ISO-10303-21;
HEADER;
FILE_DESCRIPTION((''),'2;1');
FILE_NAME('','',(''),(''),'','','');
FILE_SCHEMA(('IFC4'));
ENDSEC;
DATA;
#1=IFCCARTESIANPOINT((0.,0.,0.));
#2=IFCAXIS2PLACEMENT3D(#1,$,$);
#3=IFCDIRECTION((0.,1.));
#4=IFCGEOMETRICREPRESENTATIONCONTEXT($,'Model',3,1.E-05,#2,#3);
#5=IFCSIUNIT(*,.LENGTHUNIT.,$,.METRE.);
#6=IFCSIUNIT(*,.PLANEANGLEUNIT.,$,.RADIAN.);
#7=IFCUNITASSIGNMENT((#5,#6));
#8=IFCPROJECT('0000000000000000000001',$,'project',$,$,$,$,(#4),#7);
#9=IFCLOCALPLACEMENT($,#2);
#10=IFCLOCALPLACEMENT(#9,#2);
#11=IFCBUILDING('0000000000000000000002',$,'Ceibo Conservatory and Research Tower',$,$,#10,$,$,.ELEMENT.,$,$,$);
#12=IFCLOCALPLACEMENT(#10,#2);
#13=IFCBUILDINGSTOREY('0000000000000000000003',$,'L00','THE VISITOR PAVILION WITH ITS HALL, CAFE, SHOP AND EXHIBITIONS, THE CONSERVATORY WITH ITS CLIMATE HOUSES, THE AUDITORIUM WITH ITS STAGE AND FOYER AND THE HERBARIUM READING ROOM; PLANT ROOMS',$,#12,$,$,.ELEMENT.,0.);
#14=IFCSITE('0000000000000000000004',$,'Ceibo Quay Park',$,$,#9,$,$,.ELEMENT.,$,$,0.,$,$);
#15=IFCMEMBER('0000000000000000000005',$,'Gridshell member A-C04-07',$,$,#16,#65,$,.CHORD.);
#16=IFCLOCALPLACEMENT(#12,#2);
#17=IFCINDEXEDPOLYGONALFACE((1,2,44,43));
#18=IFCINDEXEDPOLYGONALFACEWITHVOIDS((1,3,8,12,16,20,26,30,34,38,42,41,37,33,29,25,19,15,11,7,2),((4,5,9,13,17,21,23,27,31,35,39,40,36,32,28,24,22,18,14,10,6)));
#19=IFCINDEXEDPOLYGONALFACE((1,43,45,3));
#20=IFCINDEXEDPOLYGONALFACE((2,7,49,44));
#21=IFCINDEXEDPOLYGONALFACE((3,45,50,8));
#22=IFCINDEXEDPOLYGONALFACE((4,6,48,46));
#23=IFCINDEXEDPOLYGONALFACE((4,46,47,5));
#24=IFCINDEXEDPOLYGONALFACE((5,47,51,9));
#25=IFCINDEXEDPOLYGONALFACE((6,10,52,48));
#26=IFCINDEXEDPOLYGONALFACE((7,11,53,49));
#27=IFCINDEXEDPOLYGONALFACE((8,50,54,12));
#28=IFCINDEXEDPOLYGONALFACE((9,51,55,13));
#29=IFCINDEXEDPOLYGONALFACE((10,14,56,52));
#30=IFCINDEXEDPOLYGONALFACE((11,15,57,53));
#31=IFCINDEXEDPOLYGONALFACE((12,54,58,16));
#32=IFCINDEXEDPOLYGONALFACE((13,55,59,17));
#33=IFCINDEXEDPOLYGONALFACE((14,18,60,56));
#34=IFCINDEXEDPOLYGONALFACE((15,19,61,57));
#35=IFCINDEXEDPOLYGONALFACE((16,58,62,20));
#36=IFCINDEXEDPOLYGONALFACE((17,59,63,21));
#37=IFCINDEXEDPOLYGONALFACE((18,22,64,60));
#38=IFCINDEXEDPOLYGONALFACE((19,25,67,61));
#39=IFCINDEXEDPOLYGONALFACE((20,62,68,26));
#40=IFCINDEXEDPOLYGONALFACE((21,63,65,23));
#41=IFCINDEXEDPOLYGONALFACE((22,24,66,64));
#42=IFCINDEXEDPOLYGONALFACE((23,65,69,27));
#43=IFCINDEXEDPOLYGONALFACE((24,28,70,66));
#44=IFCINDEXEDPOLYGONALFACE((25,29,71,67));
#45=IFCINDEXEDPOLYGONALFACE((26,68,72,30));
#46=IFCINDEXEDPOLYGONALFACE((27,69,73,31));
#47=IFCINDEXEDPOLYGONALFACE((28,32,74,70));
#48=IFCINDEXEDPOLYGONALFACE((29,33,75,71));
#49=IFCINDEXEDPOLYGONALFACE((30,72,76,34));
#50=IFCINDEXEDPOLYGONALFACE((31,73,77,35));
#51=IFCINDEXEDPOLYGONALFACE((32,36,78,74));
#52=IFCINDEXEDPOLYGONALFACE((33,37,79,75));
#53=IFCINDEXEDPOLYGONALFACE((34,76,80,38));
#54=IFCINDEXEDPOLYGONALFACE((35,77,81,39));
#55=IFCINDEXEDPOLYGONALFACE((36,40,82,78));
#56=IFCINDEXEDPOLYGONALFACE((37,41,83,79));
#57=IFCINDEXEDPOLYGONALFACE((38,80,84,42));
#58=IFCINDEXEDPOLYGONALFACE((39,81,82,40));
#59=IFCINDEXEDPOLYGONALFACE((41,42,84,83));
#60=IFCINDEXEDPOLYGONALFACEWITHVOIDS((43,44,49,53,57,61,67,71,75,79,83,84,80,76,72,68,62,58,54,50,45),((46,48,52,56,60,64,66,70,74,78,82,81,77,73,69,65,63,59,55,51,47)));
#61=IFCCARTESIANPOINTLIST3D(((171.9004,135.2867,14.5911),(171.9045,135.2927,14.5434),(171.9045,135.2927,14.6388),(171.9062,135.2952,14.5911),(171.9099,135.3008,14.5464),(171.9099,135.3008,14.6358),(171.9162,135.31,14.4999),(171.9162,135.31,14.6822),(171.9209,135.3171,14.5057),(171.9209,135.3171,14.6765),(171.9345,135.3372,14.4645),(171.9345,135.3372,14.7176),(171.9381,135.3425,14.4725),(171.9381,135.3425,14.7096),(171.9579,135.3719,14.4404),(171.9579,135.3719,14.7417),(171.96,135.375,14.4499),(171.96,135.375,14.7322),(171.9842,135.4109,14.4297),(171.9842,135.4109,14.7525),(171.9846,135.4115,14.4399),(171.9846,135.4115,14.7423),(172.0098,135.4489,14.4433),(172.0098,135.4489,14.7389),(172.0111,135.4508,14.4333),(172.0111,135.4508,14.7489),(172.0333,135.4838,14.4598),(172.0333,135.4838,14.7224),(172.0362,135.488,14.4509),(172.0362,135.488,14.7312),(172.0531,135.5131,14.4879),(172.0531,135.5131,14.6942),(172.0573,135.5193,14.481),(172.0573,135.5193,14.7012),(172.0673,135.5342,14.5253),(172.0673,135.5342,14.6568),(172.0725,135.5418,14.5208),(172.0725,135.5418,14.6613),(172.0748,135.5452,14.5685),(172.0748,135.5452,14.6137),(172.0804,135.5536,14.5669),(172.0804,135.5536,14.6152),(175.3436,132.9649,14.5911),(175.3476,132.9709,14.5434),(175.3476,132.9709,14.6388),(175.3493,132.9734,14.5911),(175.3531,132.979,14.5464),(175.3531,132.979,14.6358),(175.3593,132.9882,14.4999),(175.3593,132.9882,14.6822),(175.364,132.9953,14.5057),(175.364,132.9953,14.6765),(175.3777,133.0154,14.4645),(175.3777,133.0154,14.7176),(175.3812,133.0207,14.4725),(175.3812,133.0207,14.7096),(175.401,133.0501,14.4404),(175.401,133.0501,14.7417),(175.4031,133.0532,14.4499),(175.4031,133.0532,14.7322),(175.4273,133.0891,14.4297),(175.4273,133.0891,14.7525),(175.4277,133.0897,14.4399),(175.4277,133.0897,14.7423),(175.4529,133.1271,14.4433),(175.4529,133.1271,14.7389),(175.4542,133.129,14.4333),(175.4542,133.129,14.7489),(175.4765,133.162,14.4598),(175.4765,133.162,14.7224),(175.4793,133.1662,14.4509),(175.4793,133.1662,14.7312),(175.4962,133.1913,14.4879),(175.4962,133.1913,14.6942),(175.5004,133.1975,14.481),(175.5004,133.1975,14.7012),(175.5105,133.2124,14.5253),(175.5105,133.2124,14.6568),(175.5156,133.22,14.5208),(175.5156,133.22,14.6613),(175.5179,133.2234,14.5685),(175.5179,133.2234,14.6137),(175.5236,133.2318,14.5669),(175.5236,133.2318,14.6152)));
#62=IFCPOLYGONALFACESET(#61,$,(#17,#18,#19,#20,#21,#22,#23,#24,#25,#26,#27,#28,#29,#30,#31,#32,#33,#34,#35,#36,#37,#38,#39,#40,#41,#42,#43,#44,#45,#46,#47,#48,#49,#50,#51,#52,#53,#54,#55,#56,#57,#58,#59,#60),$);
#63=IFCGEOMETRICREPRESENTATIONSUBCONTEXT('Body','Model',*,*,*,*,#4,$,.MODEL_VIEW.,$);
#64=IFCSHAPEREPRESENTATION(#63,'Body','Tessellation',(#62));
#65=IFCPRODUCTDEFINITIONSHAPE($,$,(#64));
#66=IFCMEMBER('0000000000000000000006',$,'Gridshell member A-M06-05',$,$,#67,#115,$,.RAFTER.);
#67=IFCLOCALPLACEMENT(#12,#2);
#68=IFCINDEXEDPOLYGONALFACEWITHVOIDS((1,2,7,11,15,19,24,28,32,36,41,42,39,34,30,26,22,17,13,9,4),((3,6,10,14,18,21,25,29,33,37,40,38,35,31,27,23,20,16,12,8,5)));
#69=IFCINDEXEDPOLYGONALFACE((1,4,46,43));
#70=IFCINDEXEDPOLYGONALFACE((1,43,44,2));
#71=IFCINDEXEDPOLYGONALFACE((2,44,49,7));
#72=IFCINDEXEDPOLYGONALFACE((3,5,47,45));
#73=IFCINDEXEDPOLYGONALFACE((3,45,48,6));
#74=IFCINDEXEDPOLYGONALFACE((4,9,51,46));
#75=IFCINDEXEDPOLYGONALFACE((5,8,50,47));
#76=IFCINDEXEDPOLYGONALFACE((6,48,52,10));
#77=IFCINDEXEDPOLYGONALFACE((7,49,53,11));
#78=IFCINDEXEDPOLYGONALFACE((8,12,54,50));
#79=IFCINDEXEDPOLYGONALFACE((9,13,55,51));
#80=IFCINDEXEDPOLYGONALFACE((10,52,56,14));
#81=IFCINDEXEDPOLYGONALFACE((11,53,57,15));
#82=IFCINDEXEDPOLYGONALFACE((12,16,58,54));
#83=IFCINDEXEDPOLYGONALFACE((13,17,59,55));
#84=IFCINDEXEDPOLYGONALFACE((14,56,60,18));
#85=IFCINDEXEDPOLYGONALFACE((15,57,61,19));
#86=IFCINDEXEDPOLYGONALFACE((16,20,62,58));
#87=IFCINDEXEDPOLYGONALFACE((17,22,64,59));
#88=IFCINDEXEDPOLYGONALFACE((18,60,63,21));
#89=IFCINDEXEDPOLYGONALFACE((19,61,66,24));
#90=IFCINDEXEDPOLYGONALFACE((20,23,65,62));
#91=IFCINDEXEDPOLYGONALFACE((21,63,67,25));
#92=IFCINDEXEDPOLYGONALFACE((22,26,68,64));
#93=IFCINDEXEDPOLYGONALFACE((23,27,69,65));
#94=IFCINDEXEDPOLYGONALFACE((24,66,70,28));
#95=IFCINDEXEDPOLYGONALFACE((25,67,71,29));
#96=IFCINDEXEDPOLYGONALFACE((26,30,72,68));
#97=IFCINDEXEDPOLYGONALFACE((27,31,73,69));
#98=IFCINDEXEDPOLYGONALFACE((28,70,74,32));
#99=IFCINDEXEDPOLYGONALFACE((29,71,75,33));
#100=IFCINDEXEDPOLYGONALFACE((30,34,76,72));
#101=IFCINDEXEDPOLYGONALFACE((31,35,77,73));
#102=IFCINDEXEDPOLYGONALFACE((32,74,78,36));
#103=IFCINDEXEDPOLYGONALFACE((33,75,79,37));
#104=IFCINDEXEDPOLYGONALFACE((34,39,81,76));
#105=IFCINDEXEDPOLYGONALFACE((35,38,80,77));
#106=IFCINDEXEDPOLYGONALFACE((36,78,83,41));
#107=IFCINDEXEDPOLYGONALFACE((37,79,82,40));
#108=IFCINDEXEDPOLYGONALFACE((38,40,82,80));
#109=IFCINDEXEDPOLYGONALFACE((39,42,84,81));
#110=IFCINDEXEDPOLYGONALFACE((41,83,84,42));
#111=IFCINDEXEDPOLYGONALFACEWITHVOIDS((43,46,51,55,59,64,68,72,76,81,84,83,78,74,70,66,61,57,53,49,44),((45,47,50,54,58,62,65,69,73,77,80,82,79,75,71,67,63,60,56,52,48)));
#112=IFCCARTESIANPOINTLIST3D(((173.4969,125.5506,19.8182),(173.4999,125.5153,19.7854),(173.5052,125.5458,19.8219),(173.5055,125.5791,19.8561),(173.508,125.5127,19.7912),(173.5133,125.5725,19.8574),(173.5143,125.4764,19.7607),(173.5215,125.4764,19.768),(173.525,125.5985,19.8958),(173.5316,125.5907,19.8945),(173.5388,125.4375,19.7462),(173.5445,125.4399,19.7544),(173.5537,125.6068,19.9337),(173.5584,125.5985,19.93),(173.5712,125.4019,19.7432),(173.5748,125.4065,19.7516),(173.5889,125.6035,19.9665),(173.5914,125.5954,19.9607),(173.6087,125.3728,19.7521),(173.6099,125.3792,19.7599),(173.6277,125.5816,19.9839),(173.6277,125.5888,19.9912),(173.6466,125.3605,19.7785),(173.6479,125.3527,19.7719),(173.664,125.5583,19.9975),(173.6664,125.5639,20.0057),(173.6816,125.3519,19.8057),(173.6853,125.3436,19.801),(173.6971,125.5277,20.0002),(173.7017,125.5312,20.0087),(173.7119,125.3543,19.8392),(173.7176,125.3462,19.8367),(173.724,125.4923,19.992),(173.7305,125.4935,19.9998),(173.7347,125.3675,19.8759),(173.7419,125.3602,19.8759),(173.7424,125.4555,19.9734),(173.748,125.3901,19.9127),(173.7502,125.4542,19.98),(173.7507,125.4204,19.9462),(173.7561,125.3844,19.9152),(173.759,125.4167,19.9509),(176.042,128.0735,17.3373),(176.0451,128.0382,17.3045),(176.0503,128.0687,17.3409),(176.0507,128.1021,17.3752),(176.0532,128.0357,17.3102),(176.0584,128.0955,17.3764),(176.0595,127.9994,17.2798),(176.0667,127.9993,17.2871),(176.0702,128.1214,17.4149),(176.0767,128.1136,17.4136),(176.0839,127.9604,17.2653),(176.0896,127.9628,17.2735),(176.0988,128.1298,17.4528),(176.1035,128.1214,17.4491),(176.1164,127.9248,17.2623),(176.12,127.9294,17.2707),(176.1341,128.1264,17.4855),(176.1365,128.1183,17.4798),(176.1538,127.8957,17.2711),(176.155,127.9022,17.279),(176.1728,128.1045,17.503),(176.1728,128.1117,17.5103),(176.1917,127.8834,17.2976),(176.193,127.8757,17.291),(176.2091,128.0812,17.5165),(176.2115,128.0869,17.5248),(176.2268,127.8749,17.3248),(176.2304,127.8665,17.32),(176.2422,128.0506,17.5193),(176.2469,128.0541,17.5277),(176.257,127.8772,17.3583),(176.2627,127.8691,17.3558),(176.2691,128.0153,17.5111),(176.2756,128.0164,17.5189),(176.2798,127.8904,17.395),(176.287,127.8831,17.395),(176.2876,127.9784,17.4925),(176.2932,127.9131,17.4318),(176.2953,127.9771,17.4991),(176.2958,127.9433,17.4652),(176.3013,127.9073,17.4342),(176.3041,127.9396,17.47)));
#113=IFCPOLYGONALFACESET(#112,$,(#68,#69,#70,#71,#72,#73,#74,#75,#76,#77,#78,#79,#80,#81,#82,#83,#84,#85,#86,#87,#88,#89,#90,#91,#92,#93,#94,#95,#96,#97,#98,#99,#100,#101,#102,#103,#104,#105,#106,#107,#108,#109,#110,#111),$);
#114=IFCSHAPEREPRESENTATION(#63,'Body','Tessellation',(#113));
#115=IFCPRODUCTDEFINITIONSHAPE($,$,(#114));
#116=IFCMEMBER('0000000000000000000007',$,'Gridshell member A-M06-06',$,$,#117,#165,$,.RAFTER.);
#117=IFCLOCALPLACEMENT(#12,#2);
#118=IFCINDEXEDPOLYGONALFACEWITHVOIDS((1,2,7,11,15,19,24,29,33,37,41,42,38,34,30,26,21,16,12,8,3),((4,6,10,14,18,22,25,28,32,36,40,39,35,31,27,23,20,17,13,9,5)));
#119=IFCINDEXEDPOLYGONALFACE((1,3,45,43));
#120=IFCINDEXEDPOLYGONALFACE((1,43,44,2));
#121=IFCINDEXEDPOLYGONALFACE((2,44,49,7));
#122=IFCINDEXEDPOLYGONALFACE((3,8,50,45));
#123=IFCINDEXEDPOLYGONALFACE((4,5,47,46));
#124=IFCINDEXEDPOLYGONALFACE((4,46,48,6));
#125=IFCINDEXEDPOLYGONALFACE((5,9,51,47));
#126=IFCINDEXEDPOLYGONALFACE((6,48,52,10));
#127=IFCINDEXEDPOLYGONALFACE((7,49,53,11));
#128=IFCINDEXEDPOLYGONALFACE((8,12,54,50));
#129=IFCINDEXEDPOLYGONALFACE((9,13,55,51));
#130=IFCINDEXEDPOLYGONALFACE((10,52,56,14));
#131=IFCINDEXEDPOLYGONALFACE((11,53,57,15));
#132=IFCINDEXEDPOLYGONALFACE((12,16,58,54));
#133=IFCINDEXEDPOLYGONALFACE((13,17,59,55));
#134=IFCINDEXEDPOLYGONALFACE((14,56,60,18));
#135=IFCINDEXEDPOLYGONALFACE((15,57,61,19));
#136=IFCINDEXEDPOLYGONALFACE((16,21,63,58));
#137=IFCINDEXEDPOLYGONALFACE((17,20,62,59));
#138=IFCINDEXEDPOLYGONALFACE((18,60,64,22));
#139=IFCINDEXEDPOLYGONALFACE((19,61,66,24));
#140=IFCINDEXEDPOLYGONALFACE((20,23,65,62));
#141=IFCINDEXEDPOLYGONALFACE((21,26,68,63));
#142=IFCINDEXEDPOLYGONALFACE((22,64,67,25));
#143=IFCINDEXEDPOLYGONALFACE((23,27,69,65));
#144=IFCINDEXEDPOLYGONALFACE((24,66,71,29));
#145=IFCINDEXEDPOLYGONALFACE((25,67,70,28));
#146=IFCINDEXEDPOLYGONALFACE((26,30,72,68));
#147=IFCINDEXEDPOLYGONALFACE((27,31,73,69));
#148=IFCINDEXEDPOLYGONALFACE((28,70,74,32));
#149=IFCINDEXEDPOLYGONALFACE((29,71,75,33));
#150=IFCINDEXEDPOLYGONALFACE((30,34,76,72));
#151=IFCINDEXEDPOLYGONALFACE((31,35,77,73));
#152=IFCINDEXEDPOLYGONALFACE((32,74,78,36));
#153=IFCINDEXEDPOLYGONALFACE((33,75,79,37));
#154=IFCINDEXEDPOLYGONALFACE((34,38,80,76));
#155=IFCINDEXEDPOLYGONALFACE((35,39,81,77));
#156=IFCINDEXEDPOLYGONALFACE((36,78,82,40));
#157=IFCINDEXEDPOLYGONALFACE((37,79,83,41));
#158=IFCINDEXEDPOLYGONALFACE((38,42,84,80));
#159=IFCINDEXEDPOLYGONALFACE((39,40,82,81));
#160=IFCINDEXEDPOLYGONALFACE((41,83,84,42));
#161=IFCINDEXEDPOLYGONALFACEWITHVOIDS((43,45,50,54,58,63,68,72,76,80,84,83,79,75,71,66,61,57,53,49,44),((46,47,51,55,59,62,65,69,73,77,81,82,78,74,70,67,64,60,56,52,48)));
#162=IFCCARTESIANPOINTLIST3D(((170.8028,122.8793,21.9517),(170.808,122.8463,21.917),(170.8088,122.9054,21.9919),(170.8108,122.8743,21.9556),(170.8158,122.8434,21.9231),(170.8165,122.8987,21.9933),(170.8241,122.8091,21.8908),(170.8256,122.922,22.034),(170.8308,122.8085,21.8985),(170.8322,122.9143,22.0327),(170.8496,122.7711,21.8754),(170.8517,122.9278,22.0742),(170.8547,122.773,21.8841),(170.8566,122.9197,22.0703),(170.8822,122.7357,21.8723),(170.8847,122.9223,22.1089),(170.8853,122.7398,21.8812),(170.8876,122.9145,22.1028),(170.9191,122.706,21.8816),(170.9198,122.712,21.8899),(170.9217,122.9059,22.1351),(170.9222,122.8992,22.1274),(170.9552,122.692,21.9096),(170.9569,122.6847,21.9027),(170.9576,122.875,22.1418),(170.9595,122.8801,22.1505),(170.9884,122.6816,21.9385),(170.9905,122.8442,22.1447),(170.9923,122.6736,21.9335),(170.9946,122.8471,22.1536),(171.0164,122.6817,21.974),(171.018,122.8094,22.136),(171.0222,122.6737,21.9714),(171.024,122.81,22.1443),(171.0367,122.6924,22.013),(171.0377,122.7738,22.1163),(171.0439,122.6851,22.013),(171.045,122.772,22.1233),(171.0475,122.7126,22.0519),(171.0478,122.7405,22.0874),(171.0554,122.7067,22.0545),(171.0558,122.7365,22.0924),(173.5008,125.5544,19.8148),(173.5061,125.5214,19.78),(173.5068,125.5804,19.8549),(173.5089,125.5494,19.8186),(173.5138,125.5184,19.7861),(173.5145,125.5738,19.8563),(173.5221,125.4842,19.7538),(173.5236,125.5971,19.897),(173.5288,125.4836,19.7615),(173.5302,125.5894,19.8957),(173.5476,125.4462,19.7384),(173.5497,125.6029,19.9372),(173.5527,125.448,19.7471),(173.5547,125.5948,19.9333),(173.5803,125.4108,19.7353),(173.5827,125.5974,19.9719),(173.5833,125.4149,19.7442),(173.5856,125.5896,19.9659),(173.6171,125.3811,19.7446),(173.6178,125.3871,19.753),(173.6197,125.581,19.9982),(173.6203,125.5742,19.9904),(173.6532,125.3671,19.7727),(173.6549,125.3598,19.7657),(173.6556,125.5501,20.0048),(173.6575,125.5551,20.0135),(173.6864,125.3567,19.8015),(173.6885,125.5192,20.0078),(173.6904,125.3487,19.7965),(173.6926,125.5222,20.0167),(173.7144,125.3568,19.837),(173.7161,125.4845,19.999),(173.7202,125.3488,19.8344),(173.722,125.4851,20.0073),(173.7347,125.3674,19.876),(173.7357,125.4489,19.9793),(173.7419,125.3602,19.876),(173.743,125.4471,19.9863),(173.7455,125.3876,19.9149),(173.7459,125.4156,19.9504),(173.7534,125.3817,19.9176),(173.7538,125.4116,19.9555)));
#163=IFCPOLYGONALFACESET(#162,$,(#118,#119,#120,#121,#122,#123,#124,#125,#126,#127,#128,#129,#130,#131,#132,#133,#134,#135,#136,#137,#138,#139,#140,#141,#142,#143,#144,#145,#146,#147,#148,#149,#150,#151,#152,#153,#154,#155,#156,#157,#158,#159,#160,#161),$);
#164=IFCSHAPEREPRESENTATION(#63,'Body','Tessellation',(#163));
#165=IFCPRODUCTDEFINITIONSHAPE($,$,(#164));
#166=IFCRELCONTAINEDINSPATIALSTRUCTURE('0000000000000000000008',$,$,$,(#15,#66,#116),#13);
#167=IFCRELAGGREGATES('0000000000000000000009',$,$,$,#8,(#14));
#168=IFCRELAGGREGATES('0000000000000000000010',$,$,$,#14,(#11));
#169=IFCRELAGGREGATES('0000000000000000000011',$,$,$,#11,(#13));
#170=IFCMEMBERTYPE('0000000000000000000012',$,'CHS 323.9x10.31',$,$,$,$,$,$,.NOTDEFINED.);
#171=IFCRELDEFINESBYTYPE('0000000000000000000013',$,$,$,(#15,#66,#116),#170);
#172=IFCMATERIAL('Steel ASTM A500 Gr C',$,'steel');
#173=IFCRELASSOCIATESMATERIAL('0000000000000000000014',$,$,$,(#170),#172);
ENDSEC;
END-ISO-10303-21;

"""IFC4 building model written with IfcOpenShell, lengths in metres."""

from ifc_helpers import new_model, si_unit, direction, frame, origin, origin_2d, place, context, subcontext, project, spatial, hollow_circle, extrude, material, material_profile, profile_set, type_object, element, save


model = new_model("IFC4")

# Units and contexts
model_context = context("Model", 3, precision=1e-05, world=origin(), true_north=direction((0.0, 1.0)))
body_context = subcontext(model_context, "Body", "Model", "MODEL_VIEW")
ifc_project = project(units=[si_unit("LENGTHUNIT", "METRE"), si_unit("PLANEANGLEUNIT", "RADIAN")], contexts=[model_context])

# Site, building, storey
site_placement = place(None, origin())
site = spatial("IfcSite", under=ifc_project, at=site_placement, Name="Ceibo Quay Park", CompositionType="ELEMENT", RefElevation=0.0)
building_placement = place(site_placement, origin())
building = spatial("IfcBuilding", under=site, at=building_placement, Name="Ceibo Conservatory and Research Tower", CompositionType="ELEMENT")
storey_placement = place(building_placement, origin())
storey = spatial("IfcBuildingStorey", under=building, at=storey_placement, Name="L00", Description="THE VISITOR PAVILION WITH ITS HALL, CAFE, SHOP AND EXHIBITIONS, THE CONSERVATORY WITH ITS CLIMATE HOUSES, THE AUDITORIUM WITH ITS STAGE AND FOYER AND THE HERBARIUM READING ROOM; PLANT ROOMS", CompositionType="ELEMENT", Elevation=0.0)

# Members
ifc_material_1 = material(Name="Steel ASTM A500 Gr C", Category="steel")
ifc_material_profile_1 = material_profile(ifc_material_1, hollow_circle(Radius=0.1619, WallThickness=0.0103, at=origin_2d()), Name="CHS 323.9x10.31")
ifc_profile_set_1 = profile_set([ifc_material_profile_1], Name="Steel ASTM A500 Gr C")
member_type_1 = type_object("IfcMemberType", Name="CHS 323.9x10.31", PredefinedType="NOTDEFINED", material=ifc_profile_set_1)
member_1_placement = place(storey_placement, frame((175.4341, 133.0991, 14.5911), z_axis=(-0.829108, 0.559088, 0.0), x_axis=(-0.559088, -0.829108, 0.0)))
element("IfcMember", 1, at=member_1_placement, inside=storey, type_object=member_type_1, Name="Gridshell member A-C04-07", PredefinedType="CHORD", context=body_context, shape_type="SweptSolid", body=[
    extrude(hollow_circle(Radius=0.1619, WallThickness=0.0103, at=origin_2d()), origin(), (0.0, 0.0, 1.0), 4.1528),
])
member_2_placement = place(storey_placement, frame((176.1731, 127.998, 17.395), z_axis=(-0.583927, -0.57883, 0.569196), x_axis=(0.704, -0.7102, 0.0)))
element("IfcMember", 2, at=member_2_placement, inside=storey, type_object=member_type_1, Name="Gridshell member A-M06-05", PredefinedType="RAFTER", context=body_context, shape_type="SweptSolid", body=[
    extrude(hollow_circle(Radius=0.1619, WallThickness=0.0103, at=origin_2d()), origin(), (0.0, 0.0, 1.0), 4.3586),
])
member_3_placement = place(storey_placement, frame((173.6279, 125.4751, 19.876), z_axis=(-0.618936, -0.613671, 0.490231), x_axis=(0.70408, -0.71012, 0.0)))
element("IfcMember", 3, at=member_3_placement, inside=storey, type_object=member_type_1, Name="Gridshell member A-M06-06", PredefinedType="RAFTER", context=body_context, shape_type="SweptSolid", body=[
    extrude(hollow_circle(Radius=0.1619, WallThickness=0.0103, at=origin_2d()), origin(), (0.0, 0.0, 1.0), 4.3591),
])

save(model, "model.ifc")
